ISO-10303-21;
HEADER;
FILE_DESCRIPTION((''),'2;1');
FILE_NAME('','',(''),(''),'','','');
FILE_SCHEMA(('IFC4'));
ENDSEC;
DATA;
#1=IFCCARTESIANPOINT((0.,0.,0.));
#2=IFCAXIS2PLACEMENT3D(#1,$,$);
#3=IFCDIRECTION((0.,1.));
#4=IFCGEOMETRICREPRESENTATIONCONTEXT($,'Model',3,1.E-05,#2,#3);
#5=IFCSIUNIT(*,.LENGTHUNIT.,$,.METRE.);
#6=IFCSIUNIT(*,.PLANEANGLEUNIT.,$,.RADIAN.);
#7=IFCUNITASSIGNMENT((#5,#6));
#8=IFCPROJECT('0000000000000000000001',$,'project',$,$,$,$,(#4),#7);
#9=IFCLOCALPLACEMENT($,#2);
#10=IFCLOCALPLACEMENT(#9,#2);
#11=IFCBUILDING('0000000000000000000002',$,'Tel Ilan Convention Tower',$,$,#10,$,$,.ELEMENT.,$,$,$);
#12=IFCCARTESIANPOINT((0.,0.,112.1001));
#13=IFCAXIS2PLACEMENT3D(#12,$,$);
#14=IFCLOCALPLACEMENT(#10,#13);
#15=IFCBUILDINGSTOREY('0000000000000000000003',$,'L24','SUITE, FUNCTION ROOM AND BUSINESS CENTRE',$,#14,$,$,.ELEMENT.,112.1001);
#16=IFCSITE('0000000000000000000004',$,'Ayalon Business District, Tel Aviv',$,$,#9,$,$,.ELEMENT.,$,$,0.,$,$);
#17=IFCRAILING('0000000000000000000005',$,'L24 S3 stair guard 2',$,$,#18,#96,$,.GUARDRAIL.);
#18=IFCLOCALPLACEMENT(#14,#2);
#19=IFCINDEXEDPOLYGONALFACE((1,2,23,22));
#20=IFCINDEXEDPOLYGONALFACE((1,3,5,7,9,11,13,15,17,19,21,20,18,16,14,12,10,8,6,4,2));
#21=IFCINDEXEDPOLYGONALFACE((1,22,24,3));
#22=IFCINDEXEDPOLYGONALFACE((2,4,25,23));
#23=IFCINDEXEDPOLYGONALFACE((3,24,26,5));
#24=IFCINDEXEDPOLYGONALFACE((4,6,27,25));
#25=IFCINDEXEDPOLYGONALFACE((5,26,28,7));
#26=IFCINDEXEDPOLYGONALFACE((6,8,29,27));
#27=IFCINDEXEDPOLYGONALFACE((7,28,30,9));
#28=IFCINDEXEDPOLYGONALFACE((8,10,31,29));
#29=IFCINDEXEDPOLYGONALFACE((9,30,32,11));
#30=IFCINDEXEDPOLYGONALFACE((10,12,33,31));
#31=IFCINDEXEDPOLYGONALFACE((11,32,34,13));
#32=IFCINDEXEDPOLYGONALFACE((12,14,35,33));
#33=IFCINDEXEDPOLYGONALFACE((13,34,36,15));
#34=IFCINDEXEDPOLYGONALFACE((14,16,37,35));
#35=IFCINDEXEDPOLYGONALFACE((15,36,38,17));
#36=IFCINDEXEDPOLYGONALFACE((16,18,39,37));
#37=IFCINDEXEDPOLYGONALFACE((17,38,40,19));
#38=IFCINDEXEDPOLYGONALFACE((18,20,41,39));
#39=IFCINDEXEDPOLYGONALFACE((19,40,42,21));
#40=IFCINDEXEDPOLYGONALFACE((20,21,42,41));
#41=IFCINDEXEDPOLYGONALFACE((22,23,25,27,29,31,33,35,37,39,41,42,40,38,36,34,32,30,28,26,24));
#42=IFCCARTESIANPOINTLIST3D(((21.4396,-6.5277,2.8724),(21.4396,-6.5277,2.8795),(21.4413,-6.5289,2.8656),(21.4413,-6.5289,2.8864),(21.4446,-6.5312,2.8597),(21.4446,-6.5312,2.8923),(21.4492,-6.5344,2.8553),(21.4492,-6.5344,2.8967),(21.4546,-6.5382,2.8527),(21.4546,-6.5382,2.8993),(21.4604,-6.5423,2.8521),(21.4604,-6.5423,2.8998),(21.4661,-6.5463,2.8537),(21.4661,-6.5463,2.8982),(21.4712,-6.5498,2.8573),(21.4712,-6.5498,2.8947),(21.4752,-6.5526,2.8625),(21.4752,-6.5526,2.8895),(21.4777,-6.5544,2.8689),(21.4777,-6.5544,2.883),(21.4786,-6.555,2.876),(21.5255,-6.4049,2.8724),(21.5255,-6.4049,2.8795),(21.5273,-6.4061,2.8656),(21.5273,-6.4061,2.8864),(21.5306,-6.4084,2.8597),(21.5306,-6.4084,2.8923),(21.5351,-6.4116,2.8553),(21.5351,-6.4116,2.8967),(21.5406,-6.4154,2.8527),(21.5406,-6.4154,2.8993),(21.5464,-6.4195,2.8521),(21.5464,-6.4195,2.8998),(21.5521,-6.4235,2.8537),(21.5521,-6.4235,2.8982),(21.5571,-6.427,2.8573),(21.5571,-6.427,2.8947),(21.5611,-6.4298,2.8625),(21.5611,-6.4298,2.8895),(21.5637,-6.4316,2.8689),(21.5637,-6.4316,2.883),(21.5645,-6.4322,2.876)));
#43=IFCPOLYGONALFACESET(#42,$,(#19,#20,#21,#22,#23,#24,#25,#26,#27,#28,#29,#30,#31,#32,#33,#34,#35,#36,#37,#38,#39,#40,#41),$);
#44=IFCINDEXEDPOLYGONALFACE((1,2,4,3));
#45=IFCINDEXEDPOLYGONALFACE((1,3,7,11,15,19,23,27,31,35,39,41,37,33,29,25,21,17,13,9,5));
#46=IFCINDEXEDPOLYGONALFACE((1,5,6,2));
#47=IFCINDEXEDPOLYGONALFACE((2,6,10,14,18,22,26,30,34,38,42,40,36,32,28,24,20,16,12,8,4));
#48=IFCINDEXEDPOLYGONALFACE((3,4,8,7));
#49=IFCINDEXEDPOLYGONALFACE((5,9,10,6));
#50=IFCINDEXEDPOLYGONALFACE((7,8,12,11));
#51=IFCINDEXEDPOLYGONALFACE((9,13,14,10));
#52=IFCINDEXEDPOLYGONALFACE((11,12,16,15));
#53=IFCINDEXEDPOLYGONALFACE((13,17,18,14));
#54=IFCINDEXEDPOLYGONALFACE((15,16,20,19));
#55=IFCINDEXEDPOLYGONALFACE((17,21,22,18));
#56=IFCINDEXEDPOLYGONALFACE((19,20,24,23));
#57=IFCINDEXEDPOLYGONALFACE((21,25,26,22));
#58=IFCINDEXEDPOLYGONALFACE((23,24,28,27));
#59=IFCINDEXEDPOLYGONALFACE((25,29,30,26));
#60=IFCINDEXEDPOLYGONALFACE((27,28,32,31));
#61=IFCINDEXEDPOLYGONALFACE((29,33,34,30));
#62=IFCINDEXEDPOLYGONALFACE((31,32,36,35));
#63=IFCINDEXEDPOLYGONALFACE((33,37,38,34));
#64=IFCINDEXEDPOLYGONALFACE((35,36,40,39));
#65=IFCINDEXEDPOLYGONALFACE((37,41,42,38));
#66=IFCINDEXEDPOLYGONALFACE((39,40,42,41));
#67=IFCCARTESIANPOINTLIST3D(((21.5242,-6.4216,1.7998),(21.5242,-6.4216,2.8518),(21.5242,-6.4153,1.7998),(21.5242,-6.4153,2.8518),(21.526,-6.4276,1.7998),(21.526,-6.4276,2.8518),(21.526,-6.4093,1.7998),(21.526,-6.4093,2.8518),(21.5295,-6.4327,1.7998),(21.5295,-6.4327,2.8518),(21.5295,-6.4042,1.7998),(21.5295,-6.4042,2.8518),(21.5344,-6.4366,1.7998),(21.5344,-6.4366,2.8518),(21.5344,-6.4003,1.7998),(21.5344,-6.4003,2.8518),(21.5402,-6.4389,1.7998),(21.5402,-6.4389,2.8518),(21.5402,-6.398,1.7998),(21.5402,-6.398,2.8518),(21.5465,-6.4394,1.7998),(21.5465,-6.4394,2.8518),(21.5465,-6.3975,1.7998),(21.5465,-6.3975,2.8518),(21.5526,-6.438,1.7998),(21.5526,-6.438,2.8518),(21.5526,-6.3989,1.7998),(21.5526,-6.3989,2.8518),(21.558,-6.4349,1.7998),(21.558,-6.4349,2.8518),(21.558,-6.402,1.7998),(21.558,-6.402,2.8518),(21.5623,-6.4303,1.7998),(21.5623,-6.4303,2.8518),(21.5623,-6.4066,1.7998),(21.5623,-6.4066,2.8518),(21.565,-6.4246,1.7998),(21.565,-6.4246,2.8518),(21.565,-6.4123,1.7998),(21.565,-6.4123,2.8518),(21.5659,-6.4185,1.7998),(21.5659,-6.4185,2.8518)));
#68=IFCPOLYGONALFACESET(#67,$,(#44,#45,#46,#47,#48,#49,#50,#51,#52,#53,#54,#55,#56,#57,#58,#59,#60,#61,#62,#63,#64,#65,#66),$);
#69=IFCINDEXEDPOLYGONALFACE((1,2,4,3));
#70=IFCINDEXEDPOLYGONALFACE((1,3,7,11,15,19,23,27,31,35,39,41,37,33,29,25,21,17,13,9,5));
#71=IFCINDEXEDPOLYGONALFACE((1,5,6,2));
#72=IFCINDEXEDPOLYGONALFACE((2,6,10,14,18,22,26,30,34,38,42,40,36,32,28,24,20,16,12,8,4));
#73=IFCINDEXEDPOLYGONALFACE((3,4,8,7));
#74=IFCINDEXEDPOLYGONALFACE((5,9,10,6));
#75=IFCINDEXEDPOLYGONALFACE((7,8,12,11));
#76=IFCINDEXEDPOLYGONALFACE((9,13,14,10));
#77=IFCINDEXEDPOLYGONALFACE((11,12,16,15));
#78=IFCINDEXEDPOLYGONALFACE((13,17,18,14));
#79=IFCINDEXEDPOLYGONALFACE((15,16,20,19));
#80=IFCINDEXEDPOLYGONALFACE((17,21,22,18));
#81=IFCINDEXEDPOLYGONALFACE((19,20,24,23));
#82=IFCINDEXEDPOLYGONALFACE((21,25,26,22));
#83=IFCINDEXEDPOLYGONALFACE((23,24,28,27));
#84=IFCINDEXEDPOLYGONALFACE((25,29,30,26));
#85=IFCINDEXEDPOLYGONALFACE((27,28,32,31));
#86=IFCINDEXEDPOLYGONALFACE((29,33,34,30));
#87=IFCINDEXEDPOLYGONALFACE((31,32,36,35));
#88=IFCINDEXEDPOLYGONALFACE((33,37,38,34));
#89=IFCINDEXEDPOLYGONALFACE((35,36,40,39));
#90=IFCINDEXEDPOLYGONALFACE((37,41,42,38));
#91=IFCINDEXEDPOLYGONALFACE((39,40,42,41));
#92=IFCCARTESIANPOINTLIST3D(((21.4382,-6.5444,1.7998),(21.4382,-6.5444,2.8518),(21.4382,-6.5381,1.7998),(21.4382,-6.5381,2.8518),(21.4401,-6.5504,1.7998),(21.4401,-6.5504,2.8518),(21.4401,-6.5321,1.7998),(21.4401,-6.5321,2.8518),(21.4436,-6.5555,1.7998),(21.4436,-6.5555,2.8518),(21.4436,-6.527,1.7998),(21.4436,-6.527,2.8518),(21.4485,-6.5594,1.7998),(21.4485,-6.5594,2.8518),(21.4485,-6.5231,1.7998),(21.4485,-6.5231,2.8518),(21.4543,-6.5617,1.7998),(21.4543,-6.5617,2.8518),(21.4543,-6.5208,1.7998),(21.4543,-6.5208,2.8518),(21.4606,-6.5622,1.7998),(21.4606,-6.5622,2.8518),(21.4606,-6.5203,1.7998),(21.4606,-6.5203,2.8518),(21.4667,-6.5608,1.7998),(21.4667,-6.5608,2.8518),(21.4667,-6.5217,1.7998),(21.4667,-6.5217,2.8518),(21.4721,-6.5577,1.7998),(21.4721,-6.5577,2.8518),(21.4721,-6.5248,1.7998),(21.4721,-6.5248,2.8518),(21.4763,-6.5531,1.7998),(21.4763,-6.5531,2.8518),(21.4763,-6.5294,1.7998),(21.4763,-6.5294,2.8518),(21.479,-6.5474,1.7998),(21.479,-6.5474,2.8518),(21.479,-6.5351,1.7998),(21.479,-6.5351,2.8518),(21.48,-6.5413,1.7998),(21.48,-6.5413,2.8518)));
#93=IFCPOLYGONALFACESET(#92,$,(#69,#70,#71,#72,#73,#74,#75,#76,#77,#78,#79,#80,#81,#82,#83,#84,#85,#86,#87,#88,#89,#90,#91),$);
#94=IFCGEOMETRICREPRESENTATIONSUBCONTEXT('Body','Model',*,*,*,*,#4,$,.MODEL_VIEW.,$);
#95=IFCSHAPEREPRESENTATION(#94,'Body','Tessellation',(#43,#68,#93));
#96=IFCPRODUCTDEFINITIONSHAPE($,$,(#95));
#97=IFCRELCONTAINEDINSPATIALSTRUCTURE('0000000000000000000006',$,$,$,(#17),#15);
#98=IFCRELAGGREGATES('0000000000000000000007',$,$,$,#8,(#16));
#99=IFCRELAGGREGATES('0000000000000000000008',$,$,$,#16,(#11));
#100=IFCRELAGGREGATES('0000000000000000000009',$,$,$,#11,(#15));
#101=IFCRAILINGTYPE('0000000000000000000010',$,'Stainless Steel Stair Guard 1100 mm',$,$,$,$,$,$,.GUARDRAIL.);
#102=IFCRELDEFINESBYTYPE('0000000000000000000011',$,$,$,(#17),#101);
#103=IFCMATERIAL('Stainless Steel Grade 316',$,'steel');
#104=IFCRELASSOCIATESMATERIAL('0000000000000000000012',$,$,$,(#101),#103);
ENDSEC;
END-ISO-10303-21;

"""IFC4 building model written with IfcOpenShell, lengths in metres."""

from ifc_helpers import new_model, si_unit, direction, frame, origin, origin_2d, place, context, subcontext, project, spatial, circle, extrude, material, type_object, element, save


model = new_model("IFC4")

# Units and contexts
model_context = context("Model", 3, precision=1e-05, world=origin(), true_north=direction((0.0, 1.0)))
body_context = subcontext(model_context, "Body", "Model", "MODEL_VIEW")
ifc_project = project(units=[si_unit("LENGTHUNIT", "METRE"), si_unit("PLANEANGLEUNIT", "RADIAN")], contexts=[model_context])

# Site, building, storey
site_placement = place(None, origin())
site = spatial("IfcSite", under=ifc_project, at=site_placement, Name="Ayalon Business District, Tel Aviv", CompositionType="ELEMENT", RefElevation=0.0)
building_placement = place(site_placement, origin())
building = spatial("IfcBuilding", under=site, at=building_placement, Name="Tel Ilan Convention Tower", CompositionType="ELEMENT")
storey_placement = place(building_placement, frame((0.0, 0.0, 112.1001)))
storey = spatial("IfcBuildingStorey", under=building, at=storey_placement, Name="L24", Description="SUITE, FUNCTION ROOM AND BUSINESS CENTRE", CompositionType="ELEMENT", Elevation=112.1001)

# Railing
ifc_material_1 = material(Name="Stainless Steel Grade 316", Category="steel")
railing_type_1 = type_object("IfcRailingType", Name="Stainless Steel Stair Guard 1100 mm", PredefinedType="GUARDRAIL", material=ifc_material_1)
railing_1_placement = place(storey_placement, frame((21.5449, -6.4185, 1.7998)))
element("IfcRailing", 1, at=railing_1_placement, inside=storey, type_object=railing_type_1, Name="L24 S3 stair guard 2", PredefinedType="GUARDRAIL", context=body_context, shape_type="SweptSolid", body=[
    extrude(circle(Radius=0.0239, at=origin_2d()), frame((0.0, 0.0, 1.0762), z_axis=(-0.573353, -0.819308, 0.0), x_axis=(0.819308, -0.573353, 0.0)), (0.0, 0.0, 1.0), 0.1499),
    extrude(circle(Radius=0.021, at=origin_2d()), origin(), (0.0, 0.0, 1.0), 1.052),
    extrude(circle(Radius=0.021, at=origin_2d()), frame((-0.0859, -0.1228, 0.0)), (0.0, 0.0, 1.0), 1.052),
])

save(model, "model.ifc")
